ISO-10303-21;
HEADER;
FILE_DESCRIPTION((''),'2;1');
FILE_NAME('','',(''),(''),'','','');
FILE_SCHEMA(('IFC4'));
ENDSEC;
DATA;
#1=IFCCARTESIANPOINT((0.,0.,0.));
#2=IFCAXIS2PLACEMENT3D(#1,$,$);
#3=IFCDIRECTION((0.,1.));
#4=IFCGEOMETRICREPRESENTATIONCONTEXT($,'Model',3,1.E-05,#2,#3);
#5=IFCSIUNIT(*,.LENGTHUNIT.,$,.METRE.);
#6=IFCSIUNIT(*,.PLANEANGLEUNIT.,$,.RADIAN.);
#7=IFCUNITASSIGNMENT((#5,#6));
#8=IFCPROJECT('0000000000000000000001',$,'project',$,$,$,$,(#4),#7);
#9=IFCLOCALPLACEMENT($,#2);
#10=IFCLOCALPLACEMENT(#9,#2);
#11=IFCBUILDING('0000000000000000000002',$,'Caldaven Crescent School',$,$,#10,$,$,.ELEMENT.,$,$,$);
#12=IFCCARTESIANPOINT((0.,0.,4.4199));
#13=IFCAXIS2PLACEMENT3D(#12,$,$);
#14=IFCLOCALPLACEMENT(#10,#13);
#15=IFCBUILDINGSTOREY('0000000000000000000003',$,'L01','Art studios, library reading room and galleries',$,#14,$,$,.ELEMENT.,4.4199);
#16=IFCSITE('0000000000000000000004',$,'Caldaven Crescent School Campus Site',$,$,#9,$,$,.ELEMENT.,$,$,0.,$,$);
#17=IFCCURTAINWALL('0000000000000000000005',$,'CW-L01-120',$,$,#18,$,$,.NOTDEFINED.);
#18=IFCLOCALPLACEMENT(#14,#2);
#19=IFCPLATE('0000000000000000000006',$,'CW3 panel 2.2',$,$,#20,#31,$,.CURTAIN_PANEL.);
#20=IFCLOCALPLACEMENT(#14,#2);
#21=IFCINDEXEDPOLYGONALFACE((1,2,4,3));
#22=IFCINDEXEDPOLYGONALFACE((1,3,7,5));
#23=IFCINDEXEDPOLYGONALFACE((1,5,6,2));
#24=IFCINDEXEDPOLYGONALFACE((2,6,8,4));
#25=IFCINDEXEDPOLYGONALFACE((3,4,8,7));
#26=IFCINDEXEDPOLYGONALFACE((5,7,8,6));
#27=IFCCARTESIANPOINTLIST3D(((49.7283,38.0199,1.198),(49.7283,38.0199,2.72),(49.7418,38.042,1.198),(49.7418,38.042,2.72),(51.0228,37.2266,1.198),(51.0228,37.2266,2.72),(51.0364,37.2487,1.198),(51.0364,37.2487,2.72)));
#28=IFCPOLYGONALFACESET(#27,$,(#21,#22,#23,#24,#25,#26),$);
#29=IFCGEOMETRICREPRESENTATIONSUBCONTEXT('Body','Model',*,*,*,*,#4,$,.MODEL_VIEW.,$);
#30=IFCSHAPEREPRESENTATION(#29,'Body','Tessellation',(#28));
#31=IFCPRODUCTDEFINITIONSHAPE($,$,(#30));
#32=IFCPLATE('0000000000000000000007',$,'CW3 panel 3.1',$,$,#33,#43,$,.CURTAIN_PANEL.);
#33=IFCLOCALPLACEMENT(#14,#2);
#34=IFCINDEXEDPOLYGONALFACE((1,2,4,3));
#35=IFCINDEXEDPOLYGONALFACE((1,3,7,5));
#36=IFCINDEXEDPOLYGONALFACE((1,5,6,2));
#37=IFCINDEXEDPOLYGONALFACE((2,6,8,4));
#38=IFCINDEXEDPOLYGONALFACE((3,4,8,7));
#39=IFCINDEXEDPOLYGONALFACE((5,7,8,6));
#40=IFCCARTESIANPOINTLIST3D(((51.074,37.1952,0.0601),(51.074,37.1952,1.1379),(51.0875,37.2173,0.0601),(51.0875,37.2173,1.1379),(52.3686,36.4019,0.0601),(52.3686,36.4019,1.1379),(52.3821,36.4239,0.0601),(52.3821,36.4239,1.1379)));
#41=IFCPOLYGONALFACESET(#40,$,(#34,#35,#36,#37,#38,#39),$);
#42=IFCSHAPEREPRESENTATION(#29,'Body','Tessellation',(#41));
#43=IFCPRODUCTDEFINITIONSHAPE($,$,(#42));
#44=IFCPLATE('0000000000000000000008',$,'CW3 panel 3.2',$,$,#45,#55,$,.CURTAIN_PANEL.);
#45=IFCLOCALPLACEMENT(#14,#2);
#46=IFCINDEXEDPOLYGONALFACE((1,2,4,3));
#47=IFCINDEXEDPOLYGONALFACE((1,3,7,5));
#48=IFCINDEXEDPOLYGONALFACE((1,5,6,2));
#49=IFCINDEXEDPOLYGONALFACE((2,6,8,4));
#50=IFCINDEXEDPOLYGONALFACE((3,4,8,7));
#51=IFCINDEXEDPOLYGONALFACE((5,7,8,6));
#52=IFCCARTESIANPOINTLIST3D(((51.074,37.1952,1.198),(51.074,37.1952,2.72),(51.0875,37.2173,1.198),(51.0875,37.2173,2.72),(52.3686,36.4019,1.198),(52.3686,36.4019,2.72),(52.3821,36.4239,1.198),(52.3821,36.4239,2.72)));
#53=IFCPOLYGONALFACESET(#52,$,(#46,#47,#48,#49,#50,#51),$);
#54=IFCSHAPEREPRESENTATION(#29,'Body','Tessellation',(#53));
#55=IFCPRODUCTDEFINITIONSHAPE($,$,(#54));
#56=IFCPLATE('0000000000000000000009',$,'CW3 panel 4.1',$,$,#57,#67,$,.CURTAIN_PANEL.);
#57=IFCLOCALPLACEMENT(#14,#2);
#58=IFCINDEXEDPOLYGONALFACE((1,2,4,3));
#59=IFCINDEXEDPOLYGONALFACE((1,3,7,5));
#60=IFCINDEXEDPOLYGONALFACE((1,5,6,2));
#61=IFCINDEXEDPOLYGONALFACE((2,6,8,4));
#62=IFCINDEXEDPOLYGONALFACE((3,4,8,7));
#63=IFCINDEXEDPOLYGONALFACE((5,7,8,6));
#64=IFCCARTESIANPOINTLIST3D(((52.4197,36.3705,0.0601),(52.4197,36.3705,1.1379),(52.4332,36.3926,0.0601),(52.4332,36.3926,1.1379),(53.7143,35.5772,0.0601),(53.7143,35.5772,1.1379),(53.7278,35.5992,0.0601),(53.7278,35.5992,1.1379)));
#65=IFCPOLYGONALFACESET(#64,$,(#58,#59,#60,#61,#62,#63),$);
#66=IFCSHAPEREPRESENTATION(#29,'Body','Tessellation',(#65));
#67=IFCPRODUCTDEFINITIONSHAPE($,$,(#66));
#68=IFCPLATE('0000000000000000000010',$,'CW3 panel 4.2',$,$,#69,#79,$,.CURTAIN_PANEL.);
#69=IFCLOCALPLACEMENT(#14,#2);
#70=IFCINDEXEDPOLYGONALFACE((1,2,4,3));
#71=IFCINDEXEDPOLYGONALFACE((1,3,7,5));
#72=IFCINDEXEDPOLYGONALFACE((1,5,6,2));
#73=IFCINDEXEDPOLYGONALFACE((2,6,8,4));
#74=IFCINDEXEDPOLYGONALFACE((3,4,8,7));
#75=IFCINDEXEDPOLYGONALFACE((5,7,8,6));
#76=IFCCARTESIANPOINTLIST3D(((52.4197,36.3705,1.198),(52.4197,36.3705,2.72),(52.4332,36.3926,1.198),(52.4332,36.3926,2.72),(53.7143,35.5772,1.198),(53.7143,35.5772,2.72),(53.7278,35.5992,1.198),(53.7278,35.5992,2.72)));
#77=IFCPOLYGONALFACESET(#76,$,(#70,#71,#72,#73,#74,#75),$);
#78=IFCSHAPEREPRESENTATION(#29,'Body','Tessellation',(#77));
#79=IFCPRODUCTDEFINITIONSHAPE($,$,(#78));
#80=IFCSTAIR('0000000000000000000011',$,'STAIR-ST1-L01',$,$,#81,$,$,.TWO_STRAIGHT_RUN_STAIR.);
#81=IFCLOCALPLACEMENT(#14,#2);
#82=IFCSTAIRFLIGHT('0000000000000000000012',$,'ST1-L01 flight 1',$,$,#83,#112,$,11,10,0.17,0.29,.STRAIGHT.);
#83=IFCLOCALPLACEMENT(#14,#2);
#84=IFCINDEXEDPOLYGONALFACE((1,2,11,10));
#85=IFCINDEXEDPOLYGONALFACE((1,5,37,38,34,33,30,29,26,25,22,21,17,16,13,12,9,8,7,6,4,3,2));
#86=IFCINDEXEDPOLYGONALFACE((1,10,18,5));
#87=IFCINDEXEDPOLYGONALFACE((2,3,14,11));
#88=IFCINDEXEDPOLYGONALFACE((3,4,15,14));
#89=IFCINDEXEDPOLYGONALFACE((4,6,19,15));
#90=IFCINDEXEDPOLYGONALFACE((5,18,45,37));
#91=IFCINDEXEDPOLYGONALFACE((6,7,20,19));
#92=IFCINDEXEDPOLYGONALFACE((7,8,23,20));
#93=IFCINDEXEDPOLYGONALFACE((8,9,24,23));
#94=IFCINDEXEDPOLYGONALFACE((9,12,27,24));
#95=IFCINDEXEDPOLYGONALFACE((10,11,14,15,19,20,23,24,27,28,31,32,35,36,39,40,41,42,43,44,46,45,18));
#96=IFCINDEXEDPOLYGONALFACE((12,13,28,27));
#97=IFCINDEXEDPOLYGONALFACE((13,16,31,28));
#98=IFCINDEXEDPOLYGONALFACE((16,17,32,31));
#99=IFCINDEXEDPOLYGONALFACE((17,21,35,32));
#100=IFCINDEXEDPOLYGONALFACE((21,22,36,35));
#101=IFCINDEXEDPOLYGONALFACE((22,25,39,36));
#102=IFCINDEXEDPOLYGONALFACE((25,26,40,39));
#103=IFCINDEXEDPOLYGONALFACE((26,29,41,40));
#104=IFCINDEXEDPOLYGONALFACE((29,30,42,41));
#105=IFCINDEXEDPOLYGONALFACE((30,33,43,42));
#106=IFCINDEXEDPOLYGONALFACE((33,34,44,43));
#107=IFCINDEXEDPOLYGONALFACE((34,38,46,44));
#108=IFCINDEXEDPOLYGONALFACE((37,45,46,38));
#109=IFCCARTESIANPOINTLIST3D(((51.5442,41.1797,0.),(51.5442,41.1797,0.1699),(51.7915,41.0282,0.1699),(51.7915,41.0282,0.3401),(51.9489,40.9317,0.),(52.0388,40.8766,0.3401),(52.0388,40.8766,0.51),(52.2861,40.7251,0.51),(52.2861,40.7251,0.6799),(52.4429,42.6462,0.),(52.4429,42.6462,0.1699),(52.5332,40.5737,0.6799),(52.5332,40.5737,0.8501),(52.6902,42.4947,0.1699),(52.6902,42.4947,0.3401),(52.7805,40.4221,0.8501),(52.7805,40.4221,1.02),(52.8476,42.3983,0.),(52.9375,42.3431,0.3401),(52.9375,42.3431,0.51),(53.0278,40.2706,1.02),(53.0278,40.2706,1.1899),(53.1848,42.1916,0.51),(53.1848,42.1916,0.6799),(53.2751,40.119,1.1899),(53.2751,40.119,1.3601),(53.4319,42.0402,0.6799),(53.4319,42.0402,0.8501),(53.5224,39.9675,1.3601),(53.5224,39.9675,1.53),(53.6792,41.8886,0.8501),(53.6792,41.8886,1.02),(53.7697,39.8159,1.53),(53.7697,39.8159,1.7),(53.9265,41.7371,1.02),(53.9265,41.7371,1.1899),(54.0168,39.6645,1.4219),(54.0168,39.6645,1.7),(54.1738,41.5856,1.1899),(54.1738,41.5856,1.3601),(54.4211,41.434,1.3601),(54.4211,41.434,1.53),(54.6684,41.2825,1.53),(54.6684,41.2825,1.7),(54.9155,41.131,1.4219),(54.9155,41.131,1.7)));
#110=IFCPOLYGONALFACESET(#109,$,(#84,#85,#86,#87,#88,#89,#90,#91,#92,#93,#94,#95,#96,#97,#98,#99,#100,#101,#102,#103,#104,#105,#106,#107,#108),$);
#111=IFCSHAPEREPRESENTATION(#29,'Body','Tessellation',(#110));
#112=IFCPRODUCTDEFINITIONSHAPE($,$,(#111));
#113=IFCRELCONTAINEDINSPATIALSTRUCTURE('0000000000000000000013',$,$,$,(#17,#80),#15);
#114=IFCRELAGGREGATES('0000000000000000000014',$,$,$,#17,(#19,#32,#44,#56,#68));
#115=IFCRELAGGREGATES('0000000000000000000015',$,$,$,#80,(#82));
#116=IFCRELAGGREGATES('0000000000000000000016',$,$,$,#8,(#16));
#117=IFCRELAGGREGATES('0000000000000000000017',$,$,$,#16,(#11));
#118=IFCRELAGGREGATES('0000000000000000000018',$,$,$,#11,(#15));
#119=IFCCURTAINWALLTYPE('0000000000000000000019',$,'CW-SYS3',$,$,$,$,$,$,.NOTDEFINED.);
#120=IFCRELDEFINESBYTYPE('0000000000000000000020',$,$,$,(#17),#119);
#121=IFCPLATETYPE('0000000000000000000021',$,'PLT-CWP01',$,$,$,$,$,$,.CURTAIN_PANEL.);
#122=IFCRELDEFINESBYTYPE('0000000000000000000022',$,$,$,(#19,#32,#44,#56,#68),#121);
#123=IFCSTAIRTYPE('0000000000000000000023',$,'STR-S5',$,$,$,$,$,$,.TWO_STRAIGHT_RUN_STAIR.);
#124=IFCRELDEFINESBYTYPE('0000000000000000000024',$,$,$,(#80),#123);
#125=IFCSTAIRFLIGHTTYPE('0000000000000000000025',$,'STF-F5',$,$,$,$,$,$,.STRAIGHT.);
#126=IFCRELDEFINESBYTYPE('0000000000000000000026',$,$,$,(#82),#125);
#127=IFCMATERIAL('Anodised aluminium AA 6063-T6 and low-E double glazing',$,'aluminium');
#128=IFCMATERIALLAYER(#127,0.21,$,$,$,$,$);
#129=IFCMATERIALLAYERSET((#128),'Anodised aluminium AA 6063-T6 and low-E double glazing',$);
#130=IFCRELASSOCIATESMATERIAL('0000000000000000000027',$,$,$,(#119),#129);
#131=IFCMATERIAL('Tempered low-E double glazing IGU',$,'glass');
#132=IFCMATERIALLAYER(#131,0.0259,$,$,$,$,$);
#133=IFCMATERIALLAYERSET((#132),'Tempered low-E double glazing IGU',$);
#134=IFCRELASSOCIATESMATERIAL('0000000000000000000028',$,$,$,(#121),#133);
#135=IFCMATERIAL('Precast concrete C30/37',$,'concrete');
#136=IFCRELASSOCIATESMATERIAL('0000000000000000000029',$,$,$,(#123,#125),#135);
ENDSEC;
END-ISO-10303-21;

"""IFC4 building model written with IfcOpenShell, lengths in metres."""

from ifc_helpers import new_model, si_unit, direction, frame, origin, origin_2d, place, context, subcontext, project, spatial, polyline, rectangle, outline, extrude, material, layer, layer_set, type_object, element, aggregate, save


model = new_model("IFC4")

# Units and contexts
model_context = context("Model", 3, precision=1e-05, world=origin(), true_north=direction((0.0, 1.0)))
body_context = subcontext(model_context, "Body", "Model", "MODEL_VIEW")
ifc_project = project(units=[si_unit("LENGTHUNIT", "METRE"), si_unit("PLANEANGLEUNIT", "RADIAN")], contexts=[model_context])

# Site, building, storey
site_placement = place(None, origin())
site = spatial("IfcSite", under=ifc_project, at=site_placement, Name="Caldaven Crescent School Campus Site", CompositionType="ELEMENT", RefElevation=0.0)
building_placement = place(site_placement, origin())
building = spatial("IfcBuilding", under=site, at=building_placement, Name="Caldaven Crescent School", CompositionType="ELEMENT")
storey_placement = place(building_placement, frame((0.0, 0.0, 4.4199)))
storey = spatial("IfcBuildingStorey", under=building, at=storey_placement, Name="L01", Description="Art studios, library reading room and galleries", CompositionType="ELEMENT", Elevation=4.4199)

# Curtain wall
ifc_material_1 = material(Name="Anodised aluminium AA 6063-T6 and low-E double glazing", Category="aluminium")
ifc_layer_1 = layer(ifc_material_1, 0.21)
ifc_layer_set_1 = layer_set([ifc_layer_1], Name="Anodised aluminium AA 6063-T6 and low-E double glazing")
curtain_wall_type = type_object("IfcCurtainWallType", Name="CW-SYS3", PredefinedType="NOTDEFINED", material=ifc_layer_set_1)
curtain_wall_placement = place(storey_placement, origin())
curtain_wall = element("IfcCurtainWall", 1, at=curtain_wall_placement, inside=storey, type_object=curtain_wall_type, Name="CW-L01-120", PredefinedType="NOTDEFINED")

# Plates
ifc_material_2 = material(Name="Tempered low-E double glazing IGU", Category="glass")
ifc_layer_2 = layer(ifc_material_2, 0.0259)
ifc_layer_set_2 = layer_set([ifc_layer_2], Name="Tempered low-E double glazing IGU")
plate_type = type_object("IfcPlateType", Name="PLT-CWP01", PredefinedType="CURTAIN_PANEL", material=ifc_layer_set_2)
plate_1_placement = place(storey_placement, frame((50.3823, 37.6343, 1.198), z_axis=(0.0, 0.0, 1.0), x_axis=(0.85264, -0.522499, 0.0)))
plate_1 = element("IfcPlate", 2, at=plate_1_placement, type_object=plate_type, Name="CW3 panel 2.2", PredefinedType="CURTAIN_PANEL", context=body_context, shape_type="SweptSolid", body=[
    extrude(rectangle(XDim=1.5183, YDim=0.0259, at=origin_2d()), origin(), (0.0, 0.0, 1.0), 1.522),
])
plate_2_placement = place(storey_placement, frame((51.728, 36.8096, 0.0601), z_axis=(0.0, 0.0, 1.0), x_axis=(0.85264, -0.522499, 0.0)))
plate_2 = element("IfcPlate", 3, at=plate_2_placement, type_object=plate_type, Name="CW3 panel 3.1", PredefinedType="CURTAIN_PANEL", context=body_context, shape_type="SweptSolid", body=[
    extrude(rectangle(XDim=1.5183, YDim=0.0259, at=origin_2d()), origin(), (0.0, 0.0, 1.0), 1.0779),
])
plate_3_placement = place(storey_placement, frame((51.728, 36.8096, 1.198), z_axis=(0.0, 0.0, 1.0), x_axis=(0.85264, -0.522499, 0.0)))
plate_3 = element("IfcPlate", 4, at=plate_3_placement, type_object=plate_type, Name="CW3 panel 3.2", PredefinedType="CURTAIN_PANEL", context=body_context, shape_type="SweptSolid", body=[
    extrude(rectangle(XDim=1.5183, YDim=0.0259, at=origin_2d()), origin(), (0.0, 0.0, 1.0), 1.522),
])
plate_4_placement = place(storey_placement, frame((53.0737, 35.9849, 0.0601), z_axis=(0.0, 0.0, 1.0), x_axis=(0.85264, -0.522499, 0.0)))
plate_4 = element("IfcPlate", 5, at=plate_4_placement, type_object=plate_type, Name="CW3 panel 4.1", PredefinedType="CURTAIN_PANEL", context=body_context, shape_type="SweptSolid", body=[
    extrude(rectangle(XDim=1.5183, YDim=0.0259, at=origin_2d()), origin(), (0.0, 0.0, 1.0), 1.0779),
])
plate_5_placement = place(storey_placement, frame((53.0737, 35.9849, 1.198), z_axis=(0.0, 0.0, 1.0), x_axis=(0.85264, -0.522499, 0.0)))
plate_5 = element("IfcPlate", 6, at=plate_5_placement, type_object=plate_type, Name="CW3 panel 4.2", PredefinedType="CURTAIN_PANEL", context=body_context, shape_type="SweptSolid", body=[
    extrude(rectangle(XDim=1.5183, YDim=0.0259, at=origin_2d()), origin(), (0.0, 0.0, 1.0), 1.522),
])
aggregate(curtain_wall, [plate_1, plate_2, plate_3, plate_4, plate_5])

# Stair, stair flight
ifc_material_3 = material(Name="Precast concrete C30/37", Category="concrete")
stair_type = type_object("IfcStairType", Name="STR-S5", PredefinedType="TWO_STRAIGHT_RUN_STAIR", material=ifc_material_3)
stair_placement = place(storey_placement, origin())
stair = element("IfcStair", 7, at=stair_placement, inside=storey, type_object=stair_type, Name="STAIR-ST1-L01", PredefinedType="TWO_STRAIGHT_RUN_STAIR")
stair_flight_type = type_object("IfcStairFlightType", Name="STF-F5", PredefinedType="STRAIGHT", material=ifc_material_3)
stair_flight_placement = place(storey_placement, frame((51.9937, 41.9131, 0.0), z_axis=(0.0, 0.0, 1.0), x_axis=(0.85264, -0.522499, 0.0)))
stair_flight = element("IfcStairFlight", 8, at=stair_flight_placement, type_object=stair_flight_type, Name="ST1-L01 flight 1", NumberOfRisers=11, NumberOfTreads=10, PredefinedType="STRAIGHT", RiserHeight=0.17, TreadLength=0.29, context=body_context, shape_type="SweptSolid", body=[
    extrude(outline(polyline([(0.0, 0.0), (0.0, 0.1699), (0.29, 0.1699), (0.29, 0.3401), (0.5801, 0.3401), (0.5801, 0.51), (0.8701, 0.51), (0.8701, 0.6799), (1.1599, 0.6799), (1.1599, 0.8501), (1.45, 0.8501), (1.45, 1.02), (1.74, 1.02), (1.74, 1.1899), (2.03, 1.1899), (2.03, 1.3601), (2.3201, 1.3601), (2.3201, 1.53), (2.6101, 1.53), (2.6101, 1.7), (2.8999, 1.7), (2.8999, 1.8701), (2.8999, 1.4219), (0.4746, 0.0), (0.0, 0.0)])), frame((0.0, 0.8599, 0.0), z_axis=(0.0, -1.0, 0.0), x_axis=(1.0, 0.0, 0.0)), (0.0, 0.0, 1.0), 1.72),
])
aggregate(stair, [stair_flight])

save(model, "model.ifc")
